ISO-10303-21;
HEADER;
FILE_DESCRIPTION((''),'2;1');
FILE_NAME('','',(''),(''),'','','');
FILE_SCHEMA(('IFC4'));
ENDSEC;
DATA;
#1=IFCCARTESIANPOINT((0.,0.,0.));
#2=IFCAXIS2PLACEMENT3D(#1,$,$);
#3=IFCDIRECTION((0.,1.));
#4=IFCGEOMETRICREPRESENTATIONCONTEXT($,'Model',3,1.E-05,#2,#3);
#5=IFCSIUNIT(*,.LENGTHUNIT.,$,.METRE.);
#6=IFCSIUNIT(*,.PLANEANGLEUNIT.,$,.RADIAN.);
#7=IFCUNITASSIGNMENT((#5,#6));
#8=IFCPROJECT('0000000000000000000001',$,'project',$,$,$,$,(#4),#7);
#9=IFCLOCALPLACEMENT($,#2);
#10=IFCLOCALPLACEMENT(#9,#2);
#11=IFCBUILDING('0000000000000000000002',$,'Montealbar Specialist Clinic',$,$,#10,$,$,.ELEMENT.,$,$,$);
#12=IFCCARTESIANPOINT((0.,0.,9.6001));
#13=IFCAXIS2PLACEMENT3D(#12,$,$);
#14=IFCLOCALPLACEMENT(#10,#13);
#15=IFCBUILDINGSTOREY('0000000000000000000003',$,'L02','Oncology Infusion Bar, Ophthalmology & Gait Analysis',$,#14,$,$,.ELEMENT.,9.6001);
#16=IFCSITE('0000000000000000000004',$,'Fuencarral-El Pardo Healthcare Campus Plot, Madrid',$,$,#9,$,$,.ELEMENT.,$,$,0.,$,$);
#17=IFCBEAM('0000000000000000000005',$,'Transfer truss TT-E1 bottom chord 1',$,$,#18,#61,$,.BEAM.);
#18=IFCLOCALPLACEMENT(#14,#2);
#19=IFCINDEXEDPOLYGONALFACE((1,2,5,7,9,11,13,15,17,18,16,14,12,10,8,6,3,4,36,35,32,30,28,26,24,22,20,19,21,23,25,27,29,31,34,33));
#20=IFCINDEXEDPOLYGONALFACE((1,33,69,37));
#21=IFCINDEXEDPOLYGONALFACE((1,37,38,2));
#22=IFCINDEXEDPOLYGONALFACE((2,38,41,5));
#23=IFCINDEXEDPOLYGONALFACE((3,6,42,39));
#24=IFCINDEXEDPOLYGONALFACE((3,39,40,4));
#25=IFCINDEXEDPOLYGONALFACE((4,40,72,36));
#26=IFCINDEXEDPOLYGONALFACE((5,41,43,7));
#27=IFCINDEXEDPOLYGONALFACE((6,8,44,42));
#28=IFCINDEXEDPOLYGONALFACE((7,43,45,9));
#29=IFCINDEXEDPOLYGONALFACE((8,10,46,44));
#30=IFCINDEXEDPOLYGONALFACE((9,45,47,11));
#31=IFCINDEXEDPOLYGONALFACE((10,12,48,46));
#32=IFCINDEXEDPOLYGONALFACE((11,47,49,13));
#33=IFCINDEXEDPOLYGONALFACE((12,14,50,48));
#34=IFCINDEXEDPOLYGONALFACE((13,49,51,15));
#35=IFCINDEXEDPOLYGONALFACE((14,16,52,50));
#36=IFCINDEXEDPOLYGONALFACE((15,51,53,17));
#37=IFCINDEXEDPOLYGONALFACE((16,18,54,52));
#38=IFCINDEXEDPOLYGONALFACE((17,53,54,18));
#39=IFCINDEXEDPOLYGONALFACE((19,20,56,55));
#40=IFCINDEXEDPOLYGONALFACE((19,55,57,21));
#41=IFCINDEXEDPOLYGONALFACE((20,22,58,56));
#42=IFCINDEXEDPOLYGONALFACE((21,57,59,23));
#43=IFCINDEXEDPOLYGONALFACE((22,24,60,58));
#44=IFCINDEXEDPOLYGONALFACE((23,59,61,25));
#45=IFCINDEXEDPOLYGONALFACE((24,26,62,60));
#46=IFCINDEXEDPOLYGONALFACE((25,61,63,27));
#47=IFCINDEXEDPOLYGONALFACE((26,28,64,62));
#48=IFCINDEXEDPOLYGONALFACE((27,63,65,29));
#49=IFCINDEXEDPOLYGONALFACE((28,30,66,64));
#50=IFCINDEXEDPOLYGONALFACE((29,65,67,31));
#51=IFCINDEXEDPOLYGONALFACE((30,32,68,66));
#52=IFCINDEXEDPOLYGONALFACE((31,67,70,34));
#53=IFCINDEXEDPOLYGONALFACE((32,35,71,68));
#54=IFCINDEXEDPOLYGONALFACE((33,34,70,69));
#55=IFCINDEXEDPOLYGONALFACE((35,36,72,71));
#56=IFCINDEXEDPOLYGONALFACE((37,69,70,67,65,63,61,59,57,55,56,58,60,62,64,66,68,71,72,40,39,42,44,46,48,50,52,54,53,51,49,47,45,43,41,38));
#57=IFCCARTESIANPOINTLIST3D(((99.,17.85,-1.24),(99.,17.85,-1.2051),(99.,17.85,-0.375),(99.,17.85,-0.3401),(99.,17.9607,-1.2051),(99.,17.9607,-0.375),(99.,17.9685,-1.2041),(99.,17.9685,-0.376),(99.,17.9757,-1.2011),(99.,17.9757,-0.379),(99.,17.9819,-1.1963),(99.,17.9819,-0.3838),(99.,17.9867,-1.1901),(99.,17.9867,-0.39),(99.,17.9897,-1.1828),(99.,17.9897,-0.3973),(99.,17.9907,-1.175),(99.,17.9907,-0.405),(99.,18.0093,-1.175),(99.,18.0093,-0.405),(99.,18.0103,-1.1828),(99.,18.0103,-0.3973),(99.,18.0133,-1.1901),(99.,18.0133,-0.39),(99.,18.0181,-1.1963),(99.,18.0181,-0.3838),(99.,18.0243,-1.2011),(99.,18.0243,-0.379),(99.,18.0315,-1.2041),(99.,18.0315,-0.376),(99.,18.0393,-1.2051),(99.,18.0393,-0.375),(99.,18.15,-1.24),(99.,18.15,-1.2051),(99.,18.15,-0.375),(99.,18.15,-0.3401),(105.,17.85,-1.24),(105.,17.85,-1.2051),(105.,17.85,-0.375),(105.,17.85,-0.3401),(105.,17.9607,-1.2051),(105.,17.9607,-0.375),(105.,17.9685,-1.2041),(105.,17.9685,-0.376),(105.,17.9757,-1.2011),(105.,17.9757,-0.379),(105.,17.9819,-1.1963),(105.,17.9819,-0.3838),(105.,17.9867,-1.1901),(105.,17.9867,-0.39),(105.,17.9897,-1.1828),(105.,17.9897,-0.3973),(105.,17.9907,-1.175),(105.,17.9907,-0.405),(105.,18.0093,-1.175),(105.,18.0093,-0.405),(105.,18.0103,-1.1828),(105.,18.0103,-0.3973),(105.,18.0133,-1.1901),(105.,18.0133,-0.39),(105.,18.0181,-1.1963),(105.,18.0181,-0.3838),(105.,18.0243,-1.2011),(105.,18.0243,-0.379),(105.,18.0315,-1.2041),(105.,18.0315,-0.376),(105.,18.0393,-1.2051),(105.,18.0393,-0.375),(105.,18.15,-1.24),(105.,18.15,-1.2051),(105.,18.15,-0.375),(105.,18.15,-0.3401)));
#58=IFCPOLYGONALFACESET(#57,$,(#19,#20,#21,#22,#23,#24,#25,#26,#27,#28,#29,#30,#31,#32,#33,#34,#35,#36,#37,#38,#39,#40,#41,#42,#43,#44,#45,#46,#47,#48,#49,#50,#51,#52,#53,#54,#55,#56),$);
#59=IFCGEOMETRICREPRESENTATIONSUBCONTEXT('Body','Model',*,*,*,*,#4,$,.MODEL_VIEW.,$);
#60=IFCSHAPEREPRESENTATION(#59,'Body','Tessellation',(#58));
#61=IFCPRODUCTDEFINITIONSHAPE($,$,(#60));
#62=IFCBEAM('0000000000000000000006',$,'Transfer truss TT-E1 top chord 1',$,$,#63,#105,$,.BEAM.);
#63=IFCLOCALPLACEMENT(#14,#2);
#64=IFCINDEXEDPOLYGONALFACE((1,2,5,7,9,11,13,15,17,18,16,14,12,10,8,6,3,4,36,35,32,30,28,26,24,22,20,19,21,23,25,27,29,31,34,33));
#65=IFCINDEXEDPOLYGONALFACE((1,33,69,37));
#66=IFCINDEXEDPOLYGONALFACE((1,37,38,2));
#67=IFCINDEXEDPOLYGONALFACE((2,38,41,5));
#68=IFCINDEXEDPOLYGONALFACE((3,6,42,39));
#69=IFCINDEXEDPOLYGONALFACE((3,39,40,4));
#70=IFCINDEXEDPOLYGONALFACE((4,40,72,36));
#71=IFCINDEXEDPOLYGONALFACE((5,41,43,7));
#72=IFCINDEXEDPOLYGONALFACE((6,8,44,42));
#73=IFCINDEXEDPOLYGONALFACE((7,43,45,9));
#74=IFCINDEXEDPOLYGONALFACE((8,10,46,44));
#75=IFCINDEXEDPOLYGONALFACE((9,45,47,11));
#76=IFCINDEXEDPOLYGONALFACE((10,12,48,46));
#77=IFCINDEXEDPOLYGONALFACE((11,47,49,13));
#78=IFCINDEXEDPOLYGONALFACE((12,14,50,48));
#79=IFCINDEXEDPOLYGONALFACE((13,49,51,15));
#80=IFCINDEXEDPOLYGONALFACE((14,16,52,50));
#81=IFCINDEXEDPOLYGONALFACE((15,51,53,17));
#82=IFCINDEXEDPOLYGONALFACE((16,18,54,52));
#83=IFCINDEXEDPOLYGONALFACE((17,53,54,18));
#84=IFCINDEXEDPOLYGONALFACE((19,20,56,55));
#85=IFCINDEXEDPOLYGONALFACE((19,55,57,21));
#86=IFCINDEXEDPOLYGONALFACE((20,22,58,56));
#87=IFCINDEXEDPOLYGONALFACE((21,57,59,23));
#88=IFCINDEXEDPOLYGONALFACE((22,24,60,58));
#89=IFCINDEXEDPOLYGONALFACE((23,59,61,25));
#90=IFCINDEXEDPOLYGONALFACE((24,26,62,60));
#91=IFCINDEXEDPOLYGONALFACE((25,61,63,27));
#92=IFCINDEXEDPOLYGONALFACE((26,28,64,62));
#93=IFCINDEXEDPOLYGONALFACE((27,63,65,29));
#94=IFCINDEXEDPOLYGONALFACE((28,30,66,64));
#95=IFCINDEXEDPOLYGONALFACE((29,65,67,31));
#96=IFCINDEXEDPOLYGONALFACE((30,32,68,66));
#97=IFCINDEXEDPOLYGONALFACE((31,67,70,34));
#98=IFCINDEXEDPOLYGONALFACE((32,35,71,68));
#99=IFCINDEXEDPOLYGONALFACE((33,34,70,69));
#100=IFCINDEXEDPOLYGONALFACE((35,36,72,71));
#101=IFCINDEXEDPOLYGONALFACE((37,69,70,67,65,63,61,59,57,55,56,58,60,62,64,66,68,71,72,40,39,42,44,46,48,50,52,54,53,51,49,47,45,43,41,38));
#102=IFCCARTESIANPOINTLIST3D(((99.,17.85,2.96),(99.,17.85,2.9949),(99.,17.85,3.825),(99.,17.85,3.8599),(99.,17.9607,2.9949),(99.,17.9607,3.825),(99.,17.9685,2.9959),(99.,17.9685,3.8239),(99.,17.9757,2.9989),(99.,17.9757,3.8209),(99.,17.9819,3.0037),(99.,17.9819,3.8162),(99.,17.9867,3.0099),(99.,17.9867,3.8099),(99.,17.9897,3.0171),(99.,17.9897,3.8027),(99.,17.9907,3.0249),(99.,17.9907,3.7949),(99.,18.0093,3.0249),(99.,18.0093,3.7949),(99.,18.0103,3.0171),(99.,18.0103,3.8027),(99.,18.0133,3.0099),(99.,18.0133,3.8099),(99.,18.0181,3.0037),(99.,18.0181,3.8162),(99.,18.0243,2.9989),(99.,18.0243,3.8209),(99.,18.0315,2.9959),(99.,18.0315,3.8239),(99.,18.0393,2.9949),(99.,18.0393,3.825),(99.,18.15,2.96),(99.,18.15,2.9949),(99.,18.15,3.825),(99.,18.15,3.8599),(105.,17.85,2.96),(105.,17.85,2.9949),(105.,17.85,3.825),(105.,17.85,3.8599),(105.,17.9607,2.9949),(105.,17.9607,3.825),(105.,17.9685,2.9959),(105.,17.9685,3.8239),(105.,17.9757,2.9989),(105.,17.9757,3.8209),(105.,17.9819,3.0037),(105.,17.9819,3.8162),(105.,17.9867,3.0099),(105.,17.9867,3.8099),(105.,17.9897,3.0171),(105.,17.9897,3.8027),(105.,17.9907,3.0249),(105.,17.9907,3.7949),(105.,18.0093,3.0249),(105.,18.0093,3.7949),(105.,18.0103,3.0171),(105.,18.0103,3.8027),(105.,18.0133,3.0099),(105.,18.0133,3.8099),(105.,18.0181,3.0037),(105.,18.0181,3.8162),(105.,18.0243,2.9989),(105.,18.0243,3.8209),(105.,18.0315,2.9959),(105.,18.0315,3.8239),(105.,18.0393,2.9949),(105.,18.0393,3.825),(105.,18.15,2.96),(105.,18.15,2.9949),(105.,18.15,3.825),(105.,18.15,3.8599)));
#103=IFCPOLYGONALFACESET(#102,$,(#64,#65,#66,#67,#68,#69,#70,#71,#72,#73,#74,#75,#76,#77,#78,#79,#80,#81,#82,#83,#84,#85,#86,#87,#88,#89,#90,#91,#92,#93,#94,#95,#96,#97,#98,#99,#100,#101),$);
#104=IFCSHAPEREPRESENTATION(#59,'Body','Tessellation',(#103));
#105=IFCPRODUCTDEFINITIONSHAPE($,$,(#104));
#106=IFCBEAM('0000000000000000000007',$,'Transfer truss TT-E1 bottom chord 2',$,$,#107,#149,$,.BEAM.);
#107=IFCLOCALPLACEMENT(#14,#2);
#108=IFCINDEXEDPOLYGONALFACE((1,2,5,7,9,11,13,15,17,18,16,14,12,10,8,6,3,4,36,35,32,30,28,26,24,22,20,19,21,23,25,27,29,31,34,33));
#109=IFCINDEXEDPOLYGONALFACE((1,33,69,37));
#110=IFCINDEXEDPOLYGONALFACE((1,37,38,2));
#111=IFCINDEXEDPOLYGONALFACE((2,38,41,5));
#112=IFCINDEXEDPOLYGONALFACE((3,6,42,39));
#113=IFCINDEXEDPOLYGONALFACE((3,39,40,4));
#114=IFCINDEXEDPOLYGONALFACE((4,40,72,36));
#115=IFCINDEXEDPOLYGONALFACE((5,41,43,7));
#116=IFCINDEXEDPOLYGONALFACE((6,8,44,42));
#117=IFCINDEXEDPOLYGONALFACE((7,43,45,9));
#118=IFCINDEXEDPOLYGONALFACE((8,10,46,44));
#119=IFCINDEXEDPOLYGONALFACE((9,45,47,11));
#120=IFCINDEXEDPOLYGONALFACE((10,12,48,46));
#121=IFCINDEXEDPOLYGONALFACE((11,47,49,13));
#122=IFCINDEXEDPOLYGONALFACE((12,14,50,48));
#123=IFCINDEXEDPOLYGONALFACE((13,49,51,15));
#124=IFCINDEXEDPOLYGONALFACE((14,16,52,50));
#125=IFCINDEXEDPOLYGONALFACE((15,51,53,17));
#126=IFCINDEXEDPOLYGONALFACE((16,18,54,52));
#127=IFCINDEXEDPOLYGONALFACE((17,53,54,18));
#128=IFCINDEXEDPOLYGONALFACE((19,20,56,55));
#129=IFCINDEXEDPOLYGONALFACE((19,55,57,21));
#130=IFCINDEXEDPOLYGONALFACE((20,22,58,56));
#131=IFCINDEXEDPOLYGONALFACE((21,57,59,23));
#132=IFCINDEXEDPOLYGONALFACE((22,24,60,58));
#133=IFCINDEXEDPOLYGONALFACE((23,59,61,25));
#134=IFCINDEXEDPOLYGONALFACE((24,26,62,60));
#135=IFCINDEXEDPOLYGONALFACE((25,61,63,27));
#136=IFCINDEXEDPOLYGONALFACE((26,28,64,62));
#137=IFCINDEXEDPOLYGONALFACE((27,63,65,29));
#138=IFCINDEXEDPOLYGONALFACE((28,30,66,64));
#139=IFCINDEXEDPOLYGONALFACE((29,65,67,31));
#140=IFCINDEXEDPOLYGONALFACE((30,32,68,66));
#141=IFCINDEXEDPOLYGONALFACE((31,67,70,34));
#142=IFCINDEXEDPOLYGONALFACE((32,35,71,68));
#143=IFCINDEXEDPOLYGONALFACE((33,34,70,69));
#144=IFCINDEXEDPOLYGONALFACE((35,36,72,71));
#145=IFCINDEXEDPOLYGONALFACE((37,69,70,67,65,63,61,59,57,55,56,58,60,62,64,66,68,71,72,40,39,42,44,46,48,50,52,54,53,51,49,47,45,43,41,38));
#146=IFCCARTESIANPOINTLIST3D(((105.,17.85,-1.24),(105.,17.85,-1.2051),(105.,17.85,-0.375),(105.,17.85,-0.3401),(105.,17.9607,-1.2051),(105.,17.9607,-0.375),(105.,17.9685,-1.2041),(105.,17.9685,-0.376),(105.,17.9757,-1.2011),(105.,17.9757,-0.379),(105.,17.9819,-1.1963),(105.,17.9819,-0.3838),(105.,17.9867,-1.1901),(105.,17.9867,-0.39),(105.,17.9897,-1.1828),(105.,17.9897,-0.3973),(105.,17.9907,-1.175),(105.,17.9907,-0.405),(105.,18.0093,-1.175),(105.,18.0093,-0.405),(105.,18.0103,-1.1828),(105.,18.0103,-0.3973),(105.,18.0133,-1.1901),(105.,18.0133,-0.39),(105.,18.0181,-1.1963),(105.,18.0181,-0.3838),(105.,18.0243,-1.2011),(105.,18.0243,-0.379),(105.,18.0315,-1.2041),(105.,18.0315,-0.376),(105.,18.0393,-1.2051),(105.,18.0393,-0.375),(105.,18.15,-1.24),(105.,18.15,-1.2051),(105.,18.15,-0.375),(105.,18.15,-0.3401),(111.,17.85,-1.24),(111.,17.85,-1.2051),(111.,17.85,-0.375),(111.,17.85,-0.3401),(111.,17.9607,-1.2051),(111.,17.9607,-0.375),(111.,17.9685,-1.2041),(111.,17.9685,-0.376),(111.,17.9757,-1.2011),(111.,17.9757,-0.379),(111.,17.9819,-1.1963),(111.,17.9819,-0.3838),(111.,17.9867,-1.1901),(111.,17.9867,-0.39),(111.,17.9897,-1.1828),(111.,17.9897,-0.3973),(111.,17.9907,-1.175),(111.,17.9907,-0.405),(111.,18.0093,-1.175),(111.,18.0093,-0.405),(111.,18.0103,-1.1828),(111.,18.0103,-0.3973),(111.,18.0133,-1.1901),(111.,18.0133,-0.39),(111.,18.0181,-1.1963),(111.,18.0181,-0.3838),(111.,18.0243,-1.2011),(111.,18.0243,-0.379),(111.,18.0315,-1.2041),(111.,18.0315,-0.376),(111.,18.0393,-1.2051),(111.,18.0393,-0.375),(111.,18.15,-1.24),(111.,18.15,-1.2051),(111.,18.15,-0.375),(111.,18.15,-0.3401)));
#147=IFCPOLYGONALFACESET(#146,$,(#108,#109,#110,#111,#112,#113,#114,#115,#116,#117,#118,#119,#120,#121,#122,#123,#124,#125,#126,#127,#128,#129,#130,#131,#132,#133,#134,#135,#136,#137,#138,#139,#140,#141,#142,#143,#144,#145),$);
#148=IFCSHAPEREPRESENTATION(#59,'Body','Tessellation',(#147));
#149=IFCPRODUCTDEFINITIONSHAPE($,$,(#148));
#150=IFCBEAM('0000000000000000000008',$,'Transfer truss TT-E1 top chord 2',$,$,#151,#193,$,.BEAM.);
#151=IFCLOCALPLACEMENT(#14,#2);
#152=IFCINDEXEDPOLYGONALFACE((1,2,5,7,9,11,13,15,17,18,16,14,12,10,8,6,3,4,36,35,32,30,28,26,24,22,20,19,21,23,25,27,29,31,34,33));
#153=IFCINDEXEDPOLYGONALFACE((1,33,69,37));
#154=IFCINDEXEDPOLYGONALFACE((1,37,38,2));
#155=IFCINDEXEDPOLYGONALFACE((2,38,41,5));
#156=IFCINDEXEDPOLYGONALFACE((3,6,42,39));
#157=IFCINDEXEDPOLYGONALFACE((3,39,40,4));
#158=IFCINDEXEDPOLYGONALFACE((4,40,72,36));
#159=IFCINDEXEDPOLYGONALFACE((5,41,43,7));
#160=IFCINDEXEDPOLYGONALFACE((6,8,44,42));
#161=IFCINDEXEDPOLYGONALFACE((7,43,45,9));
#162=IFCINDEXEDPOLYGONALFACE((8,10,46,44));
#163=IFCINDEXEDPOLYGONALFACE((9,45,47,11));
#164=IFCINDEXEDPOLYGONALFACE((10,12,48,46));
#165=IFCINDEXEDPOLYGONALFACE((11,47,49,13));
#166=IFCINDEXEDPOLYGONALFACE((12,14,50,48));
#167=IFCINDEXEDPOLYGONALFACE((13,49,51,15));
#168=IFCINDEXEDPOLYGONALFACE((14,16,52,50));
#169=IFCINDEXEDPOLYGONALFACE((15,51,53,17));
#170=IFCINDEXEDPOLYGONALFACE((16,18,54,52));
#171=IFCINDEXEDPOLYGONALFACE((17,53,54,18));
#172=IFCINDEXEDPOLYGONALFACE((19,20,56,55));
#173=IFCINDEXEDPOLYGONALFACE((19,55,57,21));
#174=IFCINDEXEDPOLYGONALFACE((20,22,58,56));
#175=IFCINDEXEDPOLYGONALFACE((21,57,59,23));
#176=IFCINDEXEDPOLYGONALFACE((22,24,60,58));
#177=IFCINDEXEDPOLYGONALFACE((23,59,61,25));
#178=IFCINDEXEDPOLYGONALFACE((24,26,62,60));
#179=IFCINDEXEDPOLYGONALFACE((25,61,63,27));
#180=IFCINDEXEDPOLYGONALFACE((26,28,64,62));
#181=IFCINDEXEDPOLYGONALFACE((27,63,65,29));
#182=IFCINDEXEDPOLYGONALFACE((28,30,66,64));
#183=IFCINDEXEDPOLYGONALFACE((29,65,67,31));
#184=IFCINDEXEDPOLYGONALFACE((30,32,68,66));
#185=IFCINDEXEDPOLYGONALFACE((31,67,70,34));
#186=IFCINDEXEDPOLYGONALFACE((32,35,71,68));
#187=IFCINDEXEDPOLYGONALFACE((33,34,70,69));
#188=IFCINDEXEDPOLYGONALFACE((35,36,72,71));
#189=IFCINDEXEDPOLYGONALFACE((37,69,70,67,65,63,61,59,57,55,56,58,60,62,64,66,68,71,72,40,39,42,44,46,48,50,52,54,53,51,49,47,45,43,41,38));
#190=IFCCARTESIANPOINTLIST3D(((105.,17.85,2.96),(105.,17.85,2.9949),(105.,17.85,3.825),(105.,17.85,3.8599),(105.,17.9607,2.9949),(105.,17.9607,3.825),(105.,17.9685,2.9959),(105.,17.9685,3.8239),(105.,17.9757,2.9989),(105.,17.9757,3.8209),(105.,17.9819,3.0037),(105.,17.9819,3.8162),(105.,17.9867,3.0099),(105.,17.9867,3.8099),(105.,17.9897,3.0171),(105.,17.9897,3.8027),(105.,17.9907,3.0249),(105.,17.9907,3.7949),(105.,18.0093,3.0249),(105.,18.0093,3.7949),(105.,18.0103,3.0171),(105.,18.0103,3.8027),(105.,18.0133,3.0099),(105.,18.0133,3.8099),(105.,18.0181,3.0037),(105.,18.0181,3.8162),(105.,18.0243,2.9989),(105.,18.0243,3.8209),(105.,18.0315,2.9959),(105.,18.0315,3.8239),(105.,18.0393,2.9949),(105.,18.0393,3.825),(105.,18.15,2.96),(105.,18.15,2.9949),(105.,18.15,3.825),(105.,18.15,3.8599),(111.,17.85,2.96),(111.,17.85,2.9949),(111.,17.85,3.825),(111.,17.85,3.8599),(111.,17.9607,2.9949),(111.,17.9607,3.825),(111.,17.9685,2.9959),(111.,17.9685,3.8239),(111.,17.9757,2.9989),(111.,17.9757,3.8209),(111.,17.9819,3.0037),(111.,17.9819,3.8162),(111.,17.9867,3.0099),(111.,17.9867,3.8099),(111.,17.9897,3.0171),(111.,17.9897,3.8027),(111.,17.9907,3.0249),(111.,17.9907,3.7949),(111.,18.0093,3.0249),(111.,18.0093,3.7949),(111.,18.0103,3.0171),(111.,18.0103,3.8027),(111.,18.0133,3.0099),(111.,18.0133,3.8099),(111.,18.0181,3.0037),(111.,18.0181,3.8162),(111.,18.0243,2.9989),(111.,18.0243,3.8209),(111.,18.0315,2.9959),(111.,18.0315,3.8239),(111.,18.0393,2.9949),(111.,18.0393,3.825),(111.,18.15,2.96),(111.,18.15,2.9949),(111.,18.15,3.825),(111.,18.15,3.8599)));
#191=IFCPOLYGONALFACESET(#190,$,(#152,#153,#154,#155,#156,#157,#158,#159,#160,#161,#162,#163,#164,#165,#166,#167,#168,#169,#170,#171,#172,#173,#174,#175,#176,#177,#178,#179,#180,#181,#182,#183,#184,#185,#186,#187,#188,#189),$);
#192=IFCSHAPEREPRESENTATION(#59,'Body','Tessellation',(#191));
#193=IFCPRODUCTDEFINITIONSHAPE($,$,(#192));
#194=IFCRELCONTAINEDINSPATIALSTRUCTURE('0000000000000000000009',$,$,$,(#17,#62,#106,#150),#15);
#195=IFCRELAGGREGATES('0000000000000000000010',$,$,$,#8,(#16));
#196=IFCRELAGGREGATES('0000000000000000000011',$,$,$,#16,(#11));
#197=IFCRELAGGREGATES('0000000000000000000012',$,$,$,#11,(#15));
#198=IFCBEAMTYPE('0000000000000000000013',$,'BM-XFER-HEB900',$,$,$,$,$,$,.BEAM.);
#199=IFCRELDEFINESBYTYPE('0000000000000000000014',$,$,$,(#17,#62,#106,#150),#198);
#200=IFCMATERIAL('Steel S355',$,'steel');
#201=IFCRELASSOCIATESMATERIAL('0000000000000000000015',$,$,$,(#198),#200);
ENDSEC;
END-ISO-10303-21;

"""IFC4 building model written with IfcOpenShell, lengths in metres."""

from ifc_helpers import new_model, si_unit, direction, frame, origin, origin_2d, place, context, subcontext, project, spatial, i_section, extrude, material, material_profile, profile_set, type_object, element, save


model = new_model("IFC4")

# Units and contexts
model_context = context("Model", 3, precision=1e-05, world=origin(), true_north=direction((0.0, 1.0)))
body_context = subcontext(model_context, "Body", "Model", "MODEL_VIEW")
ifc_project = project(units=[si_unit("LENGTHUNIT", "METRE"), si_unit("PLANEANGLEUNIT", "RADIAN")], contexts=[model_context])

# Site, building, storey
site_placement = place(None, origin())
site = spatial("IfcSite", under=ifc_project, at=site_placement, Name="Fuencarral-El Pardo Healthcare Campus Plot, Madrid", CompositionType="ELEMENT", RefElevation=0.0)
building_placement = place(site_placement, origin())
building = spatial("IfcBuilding", under=site, at=building_placement, Name="Montealbar Specialist Clinic", CompositionType="ELEMENT")
storey_placement = place(building_placement, frame((0.0, 0.0, 9.6001)))
storey = spatial("IfcBuildingStorey", under=building, at=storey_placement, Name="L02", Description="Oncology Infusion Bar, Ophthalmology & Gait Analysis", CompositionType="ELEMENT", Elevation=9.6001)

# Shared definitions
ifc_material_1 = material(Name="Steel S355", Category="steel")

# Beams
ifc_material_profile_1 = material_profile(ifc_material_1, i_section(OverallWidth=0.3, OverallDepth=0.8999, WebThickness=0.0186, FlangeThickness=0.0349, FilletRadius=0.03, at=origin_2d()), Name="HEB 900", Category="steel")
ifc_profile_set_1 = profile_set([ifc_material_profile_1], Name="Steel S355")
beam_type_1 = type_object("IfcBeamType", Name="BM-XFER-HEB900", PredefinedType="BEAM", material=ifc_profile_set_1)
for number, where, z_axis, x_axis, name in (
    (1, (99.0, 18.0, -0.79), (1.0, 0.0, 0.0), (0.0, 1.0, 0.0), "Transfer truss TT-E1 bottom chord 1"),
    (2, (99.0, 18.0, 3.4099), (1.0, 0.0, 0.0), (0.0, 1.0, 0.0), "Transfer truss TT-E1 top chord 1"),
    (3, (105.0, 18.0, -0.79), (1.0, 0.0, 0.0), (0.0, 1.0, 0.0), "Transfer truss TT-E1 bottom chord 2"),
    (4, (105.0, 18.0, 3.4099), (1.0, 0.0, 0.0), (0.0, 1.0, 0.0), "Transfer truss TT-E1 top chord 2"),
):
    element("IfcBeam", number, at=place(storey_placement, frame(where, z_axis=z_axis, x_axis=x_axis)), inside=storey, type_object=beam_type_1, Name=name, PredefinedType="BEAM", context=body_context, shape_type="SweptSolid", body=[
        extrude(i_section(OverallWidth=0.3, OverallDepth=0.8999, WebThickness=0.0186, FlangeThickness=0.0349, FilletRadius=0.03, at=origin_2d()), origin(), (0.0, 0.0, 1.0), 6.0),
    ])

save(model, "model.ifc")
